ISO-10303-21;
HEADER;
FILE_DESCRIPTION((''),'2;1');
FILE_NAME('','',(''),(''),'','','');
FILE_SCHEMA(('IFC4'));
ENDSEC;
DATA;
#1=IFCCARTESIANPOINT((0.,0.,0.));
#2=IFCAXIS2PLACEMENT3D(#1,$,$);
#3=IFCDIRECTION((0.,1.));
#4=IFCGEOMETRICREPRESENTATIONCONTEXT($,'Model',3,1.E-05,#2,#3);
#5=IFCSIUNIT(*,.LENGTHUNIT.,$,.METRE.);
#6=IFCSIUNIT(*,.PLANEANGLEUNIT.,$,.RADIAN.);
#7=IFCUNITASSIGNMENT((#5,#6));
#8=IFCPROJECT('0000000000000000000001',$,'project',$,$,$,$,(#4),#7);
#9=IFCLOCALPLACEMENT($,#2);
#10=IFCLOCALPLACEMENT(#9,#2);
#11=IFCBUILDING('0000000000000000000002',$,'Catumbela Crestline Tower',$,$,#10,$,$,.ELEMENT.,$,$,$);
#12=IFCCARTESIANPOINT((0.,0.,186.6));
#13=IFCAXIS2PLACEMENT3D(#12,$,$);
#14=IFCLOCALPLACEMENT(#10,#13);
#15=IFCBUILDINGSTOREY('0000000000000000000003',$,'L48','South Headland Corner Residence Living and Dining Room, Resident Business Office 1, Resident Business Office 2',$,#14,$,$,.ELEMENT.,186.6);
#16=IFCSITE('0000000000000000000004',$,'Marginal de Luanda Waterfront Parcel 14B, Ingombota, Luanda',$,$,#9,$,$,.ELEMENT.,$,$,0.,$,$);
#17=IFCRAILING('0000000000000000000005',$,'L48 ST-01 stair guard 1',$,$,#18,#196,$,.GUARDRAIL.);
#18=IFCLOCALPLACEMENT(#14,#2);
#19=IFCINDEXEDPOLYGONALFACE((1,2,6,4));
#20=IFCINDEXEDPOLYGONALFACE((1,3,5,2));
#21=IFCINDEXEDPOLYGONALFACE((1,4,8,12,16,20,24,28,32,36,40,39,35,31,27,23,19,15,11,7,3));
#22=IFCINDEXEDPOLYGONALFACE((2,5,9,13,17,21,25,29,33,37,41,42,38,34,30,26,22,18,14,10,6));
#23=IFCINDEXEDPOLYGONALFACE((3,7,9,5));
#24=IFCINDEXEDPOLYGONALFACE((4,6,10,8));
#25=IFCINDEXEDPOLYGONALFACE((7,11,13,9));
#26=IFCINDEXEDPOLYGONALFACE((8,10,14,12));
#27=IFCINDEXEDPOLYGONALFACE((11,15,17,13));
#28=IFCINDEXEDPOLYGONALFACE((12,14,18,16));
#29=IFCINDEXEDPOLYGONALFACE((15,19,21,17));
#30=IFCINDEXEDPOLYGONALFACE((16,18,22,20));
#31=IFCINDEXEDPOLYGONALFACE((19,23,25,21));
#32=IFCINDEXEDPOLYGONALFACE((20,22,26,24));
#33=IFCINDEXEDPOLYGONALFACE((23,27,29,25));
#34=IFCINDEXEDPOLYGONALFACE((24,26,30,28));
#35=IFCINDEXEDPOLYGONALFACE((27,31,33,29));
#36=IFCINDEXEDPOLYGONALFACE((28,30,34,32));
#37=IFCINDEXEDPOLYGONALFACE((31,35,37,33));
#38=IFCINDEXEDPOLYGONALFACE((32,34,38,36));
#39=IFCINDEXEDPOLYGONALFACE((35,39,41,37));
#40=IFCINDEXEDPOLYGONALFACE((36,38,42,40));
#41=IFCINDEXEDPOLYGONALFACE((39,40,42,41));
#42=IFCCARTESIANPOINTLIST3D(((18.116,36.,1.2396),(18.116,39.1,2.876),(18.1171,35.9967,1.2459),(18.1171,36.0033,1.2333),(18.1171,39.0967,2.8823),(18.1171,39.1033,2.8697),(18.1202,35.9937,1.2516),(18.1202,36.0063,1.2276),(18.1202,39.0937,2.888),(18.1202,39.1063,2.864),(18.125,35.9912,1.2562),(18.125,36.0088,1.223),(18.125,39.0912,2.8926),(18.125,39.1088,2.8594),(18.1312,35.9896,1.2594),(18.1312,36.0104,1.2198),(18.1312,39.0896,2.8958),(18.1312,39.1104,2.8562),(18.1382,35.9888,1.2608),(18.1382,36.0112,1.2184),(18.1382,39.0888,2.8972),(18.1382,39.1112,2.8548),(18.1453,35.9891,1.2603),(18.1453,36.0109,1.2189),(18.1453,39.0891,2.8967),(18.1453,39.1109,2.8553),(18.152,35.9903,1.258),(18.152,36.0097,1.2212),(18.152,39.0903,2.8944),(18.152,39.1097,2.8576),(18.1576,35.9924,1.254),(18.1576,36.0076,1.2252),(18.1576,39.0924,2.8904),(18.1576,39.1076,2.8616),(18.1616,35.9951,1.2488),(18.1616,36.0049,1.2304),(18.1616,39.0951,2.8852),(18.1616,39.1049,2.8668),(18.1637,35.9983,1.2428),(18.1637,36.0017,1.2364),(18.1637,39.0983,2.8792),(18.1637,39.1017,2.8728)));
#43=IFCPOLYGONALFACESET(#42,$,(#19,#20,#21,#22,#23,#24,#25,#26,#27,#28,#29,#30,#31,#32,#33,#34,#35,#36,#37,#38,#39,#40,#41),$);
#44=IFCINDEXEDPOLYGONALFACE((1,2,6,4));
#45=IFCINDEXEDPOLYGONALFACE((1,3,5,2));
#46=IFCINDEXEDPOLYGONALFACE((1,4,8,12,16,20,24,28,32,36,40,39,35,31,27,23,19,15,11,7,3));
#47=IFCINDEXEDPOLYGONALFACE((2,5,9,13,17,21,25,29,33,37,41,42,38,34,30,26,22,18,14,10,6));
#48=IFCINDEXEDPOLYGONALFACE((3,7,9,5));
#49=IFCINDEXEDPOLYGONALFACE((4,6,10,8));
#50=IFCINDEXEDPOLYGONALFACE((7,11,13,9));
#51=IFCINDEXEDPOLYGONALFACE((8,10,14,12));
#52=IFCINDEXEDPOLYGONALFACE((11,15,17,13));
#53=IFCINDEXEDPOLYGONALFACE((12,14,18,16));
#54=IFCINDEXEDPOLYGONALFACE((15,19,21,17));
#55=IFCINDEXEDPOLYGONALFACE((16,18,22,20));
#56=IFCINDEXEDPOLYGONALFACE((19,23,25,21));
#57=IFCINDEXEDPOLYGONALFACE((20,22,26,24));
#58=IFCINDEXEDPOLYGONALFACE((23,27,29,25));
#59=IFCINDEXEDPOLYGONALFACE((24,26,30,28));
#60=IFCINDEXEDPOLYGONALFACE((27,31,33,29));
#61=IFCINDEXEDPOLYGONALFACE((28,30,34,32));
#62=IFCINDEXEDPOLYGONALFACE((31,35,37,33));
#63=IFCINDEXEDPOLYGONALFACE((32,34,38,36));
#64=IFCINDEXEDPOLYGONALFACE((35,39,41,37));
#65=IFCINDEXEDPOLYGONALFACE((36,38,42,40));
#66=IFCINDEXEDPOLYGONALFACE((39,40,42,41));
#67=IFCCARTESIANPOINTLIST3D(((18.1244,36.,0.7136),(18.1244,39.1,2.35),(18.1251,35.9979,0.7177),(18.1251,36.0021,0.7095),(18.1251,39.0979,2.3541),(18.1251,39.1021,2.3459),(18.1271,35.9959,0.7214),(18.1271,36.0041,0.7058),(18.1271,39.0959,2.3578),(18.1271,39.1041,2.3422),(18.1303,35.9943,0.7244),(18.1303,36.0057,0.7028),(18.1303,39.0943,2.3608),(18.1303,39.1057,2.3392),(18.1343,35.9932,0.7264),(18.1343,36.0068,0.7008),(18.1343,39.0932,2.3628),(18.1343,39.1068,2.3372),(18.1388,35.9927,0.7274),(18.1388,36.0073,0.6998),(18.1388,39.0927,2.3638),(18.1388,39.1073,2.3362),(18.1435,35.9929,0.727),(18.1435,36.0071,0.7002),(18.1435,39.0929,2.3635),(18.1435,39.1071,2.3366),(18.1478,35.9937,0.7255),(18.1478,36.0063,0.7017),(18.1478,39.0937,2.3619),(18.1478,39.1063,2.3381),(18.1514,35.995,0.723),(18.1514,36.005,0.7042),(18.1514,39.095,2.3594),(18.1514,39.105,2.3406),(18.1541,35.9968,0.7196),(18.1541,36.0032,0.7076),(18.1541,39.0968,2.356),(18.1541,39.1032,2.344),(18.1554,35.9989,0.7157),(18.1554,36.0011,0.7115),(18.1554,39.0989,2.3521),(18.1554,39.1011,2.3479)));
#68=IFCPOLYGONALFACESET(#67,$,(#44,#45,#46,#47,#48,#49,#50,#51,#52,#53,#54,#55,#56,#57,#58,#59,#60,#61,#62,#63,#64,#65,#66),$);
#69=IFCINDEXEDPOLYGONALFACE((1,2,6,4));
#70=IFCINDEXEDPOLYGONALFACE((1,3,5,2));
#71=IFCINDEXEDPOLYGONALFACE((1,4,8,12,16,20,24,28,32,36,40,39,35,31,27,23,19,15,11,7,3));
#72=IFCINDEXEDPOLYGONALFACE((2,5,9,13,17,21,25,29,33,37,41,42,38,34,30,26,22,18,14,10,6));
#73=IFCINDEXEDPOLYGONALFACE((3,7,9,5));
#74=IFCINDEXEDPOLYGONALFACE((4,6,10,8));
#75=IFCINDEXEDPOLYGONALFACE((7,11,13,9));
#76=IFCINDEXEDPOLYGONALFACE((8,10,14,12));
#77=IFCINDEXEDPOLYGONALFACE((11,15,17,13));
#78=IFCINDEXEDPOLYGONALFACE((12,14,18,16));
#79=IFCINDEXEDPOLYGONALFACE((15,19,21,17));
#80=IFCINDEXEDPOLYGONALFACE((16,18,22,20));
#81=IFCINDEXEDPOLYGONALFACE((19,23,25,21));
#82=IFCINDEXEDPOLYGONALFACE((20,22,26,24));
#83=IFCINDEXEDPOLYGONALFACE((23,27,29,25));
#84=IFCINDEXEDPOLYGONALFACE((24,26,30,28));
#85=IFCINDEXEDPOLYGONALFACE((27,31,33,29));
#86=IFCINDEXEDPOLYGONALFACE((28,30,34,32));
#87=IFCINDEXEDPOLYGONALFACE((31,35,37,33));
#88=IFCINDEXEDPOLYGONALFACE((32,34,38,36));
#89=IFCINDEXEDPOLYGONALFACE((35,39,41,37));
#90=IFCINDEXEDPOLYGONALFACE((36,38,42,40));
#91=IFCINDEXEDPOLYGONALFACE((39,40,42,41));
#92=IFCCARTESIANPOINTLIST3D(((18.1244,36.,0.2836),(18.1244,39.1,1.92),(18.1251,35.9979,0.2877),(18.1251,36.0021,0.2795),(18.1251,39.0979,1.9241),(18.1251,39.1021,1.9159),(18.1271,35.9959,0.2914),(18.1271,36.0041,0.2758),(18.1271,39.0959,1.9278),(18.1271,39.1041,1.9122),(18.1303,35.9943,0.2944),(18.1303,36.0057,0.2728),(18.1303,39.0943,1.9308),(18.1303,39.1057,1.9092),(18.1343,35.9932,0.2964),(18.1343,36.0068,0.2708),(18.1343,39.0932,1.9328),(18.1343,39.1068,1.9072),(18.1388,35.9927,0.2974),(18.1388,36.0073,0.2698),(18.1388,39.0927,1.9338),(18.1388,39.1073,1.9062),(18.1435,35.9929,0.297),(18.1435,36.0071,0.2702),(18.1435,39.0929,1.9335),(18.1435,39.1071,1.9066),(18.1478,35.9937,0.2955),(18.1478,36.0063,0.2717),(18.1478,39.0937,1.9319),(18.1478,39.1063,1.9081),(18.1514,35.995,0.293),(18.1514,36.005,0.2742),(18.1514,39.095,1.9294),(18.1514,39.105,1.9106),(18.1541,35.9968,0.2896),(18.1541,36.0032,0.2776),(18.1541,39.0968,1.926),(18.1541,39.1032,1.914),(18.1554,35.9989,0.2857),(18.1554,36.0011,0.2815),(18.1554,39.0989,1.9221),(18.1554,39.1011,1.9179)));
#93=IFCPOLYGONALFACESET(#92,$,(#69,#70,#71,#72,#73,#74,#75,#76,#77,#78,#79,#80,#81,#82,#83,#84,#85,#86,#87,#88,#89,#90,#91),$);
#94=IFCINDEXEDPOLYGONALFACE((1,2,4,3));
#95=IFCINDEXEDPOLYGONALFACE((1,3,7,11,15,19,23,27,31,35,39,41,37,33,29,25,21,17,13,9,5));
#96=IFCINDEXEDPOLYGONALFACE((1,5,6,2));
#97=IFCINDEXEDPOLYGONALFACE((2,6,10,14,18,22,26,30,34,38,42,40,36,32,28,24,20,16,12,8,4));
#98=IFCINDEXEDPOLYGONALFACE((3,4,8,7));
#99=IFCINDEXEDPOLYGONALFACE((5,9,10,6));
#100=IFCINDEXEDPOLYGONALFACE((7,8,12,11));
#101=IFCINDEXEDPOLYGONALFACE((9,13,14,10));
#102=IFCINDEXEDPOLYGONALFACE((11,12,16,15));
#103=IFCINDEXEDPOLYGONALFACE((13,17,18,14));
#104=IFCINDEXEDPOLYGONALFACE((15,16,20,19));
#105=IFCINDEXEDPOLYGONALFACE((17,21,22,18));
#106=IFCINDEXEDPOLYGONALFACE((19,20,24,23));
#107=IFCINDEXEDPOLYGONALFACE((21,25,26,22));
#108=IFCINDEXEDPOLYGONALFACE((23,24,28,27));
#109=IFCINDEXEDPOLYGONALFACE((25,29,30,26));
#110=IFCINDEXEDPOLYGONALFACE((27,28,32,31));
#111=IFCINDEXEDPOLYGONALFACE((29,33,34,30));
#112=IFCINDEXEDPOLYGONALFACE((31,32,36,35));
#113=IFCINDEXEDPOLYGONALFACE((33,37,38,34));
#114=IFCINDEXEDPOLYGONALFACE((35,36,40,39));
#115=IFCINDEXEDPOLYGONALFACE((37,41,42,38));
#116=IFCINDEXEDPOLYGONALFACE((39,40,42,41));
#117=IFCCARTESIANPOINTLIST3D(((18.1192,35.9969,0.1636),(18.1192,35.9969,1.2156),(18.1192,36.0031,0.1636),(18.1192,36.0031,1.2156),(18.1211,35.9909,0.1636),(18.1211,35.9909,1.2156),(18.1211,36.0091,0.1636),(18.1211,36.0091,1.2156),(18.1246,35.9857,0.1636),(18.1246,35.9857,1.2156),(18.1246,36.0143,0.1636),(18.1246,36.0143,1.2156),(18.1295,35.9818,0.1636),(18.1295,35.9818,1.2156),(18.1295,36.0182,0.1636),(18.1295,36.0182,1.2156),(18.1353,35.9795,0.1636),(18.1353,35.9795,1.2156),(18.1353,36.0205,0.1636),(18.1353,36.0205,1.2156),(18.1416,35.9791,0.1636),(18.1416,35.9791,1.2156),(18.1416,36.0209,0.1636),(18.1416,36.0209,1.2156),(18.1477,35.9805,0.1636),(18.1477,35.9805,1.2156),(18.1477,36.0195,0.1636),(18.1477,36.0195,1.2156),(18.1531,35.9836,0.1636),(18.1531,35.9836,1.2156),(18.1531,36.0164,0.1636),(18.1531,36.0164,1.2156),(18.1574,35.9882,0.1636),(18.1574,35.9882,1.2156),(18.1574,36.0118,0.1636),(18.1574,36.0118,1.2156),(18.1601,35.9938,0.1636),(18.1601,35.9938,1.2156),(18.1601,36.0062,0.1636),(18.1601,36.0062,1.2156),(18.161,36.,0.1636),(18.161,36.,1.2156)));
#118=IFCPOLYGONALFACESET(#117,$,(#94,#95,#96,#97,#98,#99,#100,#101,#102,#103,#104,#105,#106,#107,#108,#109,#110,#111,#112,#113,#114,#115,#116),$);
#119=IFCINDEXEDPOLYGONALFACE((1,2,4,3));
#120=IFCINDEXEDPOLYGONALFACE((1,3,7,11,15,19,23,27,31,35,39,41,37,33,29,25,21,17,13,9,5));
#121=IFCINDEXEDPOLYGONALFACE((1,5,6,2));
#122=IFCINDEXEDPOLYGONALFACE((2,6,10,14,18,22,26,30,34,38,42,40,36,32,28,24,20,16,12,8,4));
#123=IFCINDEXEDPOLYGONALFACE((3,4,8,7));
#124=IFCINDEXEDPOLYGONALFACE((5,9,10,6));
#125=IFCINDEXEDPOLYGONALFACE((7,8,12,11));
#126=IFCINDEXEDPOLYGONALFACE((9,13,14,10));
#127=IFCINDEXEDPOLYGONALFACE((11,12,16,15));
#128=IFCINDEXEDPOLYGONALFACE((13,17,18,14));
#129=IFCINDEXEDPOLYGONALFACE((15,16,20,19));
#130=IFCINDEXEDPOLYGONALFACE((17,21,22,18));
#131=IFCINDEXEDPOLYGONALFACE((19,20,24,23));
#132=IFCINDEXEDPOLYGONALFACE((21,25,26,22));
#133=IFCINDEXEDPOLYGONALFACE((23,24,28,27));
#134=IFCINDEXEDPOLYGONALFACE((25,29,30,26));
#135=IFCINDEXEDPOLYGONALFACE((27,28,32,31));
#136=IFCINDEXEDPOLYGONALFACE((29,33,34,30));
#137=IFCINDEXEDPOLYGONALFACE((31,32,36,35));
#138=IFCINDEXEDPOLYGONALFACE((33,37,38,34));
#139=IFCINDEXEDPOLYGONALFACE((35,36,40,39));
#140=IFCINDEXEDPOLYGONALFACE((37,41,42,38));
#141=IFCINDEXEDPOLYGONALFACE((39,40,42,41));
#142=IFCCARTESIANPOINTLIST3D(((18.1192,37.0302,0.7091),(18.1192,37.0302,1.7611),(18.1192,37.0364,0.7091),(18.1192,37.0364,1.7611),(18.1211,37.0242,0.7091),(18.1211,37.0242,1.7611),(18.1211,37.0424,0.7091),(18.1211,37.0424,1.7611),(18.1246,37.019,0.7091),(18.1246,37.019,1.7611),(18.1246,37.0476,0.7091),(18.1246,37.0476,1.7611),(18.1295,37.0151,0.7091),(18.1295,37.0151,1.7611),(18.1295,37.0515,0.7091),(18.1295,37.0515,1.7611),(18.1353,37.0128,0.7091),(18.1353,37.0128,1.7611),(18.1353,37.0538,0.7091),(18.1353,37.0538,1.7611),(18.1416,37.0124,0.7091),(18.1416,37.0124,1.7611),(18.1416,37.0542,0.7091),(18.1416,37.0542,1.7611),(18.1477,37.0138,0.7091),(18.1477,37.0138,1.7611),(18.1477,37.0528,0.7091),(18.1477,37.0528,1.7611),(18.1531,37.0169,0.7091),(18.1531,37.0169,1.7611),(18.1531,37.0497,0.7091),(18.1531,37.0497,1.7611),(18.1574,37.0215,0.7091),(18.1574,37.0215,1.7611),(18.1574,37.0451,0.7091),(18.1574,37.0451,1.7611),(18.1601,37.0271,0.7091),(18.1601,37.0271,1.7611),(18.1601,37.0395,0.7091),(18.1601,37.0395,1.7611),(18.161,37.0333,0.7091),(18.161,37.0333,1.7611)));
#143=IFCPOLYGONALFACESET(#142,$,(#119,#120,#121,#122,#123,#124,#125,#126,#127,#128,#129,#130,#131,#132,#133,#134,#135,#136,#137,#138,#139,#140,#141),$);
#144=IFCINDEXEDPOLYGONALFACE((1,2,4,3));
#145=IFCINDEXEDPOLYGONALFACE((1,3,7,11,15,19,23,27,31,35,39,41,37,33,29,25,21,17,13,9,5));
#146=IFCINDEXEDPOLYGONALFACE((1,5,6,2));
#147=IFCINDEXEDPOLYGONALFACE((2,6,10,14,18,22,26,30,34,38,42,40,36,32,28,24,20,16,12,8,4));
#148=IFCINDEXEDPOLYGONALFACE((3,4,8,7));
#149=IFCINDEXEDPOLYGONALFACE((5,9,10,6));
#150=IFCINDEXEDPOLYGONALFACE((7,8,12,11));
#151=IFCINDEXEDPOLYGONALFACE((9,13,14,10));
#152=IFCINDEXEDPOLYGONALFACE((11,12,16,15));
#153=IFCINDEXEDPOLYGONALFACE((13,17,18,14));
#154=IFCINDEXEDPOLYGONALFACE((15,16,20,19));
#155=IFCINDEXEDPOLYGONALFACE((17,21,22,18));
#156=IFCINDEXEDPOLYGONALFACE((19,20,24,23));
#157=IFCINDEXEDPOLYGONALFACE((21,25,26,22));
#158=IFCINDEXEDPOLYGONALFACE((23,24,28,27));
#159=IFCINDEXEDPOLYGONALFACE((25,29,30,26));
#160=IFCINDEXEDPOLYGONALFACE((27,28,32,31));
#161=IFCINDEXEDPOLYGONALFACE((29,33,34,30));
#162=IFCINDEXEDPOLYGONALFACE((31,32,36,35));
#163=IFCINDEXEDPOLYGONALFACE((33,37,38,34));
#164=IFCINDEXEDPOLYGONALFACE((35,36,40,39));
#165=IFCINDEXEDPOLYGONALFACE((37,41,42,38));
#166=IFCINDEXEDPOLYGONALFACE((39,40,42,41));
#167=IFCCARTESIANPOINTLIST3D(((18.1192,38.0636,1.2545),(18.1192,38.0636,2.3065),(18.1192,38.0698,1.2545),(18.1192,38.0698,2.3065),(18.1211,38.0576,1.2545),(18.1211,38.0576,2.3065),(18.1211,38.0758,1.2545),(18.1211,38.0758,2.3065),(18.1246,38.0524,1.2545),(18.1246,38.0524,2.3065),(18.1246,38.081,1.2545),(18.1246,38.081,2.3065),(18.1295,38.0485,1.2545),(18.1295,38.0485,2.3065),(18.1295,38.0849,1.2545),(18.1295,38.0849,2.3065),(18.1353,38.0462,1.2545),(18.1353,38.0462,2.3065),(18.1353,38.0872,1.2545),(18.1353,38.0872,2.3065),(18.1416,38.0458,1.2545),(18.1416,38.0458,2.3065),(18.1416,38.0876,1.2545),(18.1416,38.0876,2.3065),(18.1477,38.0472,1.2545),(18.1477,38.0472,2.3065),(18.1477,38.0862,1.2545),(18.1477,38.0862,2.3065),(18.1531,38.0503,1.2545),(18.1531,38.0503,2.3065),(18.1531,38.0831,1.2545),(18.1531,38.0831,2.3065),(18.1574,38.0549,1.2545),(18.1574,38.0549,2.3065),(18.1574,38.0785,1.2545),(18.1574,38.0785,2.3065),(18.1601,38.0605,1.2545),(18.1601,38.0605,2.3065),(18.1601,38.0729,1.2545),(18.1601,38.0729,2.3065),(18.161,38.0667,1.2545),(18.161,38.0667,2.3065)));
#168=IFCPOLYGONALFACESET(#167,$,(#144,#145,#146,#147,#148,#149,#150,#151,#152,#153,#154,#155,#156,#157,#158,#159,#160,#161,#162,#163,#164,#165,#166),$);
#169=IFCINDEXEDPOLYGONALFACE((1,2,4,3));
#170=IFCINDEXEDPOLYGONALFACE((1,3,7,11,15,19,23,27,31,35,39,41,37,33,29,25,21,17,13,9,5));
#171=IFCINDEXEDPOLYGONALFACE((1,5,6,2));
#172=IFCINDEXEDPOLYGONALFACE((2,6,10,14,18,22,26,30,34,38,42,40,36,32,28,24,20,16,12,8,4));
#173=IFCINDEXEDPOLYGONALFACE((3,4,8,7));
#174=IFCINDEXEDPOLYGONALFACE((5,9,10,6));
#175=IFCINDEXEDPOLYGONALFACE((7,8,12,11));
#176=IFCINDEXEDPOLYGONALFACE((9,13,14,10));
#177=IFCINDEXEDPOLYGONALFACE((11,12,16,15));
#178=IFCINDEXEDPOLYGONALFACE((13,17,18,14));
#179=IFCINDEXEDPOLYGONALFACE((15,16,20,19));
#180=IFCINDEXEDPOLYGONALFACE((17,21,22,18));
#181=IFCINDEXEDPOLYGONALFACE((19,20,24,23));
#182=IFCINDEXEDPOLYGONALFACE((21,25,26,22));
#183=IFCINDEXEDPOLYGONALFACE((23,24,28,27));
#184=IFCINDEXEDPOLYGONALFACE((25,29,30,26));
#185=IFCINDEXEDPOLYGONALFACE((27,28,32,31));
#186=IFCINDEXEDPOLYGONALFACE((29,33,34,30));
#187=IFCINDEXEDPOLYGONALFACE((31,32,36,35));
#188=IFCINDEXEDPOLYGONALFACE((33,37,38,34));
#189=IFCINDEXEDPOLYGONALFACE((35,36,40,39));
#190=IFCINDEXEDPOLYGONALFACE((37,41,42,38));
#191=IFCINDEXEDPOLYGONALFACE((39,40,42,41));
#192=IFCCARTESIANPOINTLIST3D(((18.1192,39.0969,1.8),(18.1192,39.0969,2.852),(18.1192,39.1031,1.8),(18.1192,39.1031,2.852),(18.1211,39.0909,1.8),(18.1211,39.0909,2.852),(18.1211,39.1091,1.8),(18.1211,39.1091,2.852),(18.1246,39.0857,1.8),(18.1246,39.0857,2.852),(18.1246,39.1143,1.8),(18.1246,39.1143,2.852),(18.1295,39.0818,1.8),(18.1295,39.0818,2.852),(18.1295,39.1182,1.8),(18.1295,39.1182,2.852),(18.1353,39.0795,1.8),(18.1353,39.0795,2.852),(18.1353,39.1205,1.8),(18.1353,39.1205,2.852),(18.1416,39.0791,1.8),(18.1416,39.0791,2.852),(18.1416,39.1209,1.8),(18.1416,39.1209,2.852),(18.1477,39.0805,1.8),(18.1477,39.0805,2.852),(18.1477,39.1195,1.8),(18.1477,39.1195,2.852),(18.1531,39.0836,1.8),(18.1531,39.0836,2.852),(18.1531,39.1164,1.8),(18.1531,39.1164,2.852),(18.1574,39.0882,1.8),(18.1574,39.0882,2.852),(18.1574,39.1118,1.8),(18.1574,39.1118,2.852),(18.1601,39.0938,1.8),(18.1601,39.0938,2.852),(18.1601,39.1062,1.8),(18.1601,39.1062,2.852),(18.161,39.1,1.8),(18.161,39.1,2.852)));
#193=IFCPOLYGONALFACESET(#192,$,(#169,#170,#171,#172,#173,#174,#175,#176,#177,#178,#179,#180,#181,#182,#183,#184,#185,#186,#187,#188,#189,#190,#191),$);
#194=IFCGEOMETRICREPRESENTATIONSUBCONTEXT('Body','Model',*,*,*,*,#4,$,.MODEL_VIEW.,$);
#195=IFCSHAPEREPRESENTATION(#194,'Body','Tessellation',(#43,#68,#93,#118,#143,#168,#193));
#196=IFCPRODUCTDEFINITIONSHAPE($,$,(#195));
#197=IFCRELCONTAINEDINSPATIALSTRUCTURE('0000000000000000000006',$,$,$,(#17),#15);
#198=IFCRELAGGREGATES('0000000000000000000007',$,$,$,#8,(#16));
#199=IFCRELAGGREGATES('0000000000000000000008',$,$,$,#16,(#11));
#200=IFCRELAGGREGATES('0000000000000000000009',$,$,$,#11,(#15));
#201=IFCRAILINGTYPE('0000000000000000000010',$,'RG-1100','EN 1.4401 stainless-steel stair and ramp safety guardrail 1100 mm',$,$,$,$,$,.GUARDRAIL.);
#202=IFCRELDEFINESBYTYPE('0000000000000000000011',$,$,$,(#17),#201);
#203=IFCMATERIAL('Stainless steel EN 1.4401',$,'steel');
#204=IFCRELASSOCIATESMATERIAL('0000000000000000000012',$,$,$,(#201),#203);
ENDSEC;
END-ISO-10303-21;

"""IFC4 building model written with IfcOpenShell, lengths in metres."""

from ifc_helpers import new_model, si_unit, direction, frame, origin, origin_2d, place, context, subcontext, project, spatial, circle, extrude, material, type_object, element, save


model = new_model("IFC4")

# Units and contexts
model_context = context("Model", 3, precision=1e-05, world=origin(), true_north=direction((0.0, 1.0)))
body_context = subcontext(model_context, "Body", "Model", "MODEL_VIEW")
ifc_project = project(units=[si_unit("LENGTHUNIT", "METRE"), si_unit("PLANEANGLEUNIT", "RADIAN")], contexts=[model_context])

# Site, building, storey
site_placement = place(None, origin())
site = spatial("IfcSite", under=ifc_project, at=site_placement, Name="Marginal de Luanda Waterfront Parcel 14B, Ingombota, Luanda", CompositionType="ELEMENT", RefElevation=0.0)
building_placement = place(site_placement, origin())
building = spatial("IfcBuilding", under=site, at=building_placement, Name="Catumbela Crestline Tower", CompositionType="ELEMENT")
storey_placement = place(building_placement, frame((0.0, 0.0, 186.6)))
storey = spatial("IfcBuildingStorey", under=building, at=storey_placement, Name="L48", Description="South Headland Corner Residence Living and Dining Room, Resident Business Office 1, Resident Business Office 2", CompositionType="ELEMENT", Elevation=186.6)

# Shared definitions
ifc_material_1 = material(Name="Stainless steel EN 1.4401", Category="steel")

# Railing
railing_type_1 = type_object("IfcRailingType", Name="RG-1100", Description="EN 1.4401 stainless-steel stair and ramp safety guardrail 1100 mm", PredefinedType="GUARDRAIL", material=ifc_material_1)
railing_1_placement = place(storey_placement, frame((18.14, 36.0, 0.1636)))
element("IfcRailing", 1, at=railing_1_placement, inside=storey, type_object=railing_type_1, Name="L48 ST-01 stair guard 1", PredefinedType="GUARDRAIL", context=body_context, shape_type="SweptSolid", body=[
    extrude(circle(Radius=0.024, at=origin_2d()), frame((0.0, 0.0, 1.076), z_axis=(0.0, 0.884351, 0.466823), x_axis=(-1.0, 0.0, 0.0)), (0.0, 0.0, 1.0), 3.5054),
    extrude(circle(Radius=0.0156, at=origin_2d()), frame((0.0, 0.0, 0.55), z_axis=(0.0, 0.884351, 0.466823), x_axis=(-1.0, 0.0, 0.0)), (0.0, 0.0, 1.0), 3.5054),
    extrude(circle(Radius=0.0156, at=origin_2d()), frame((0.0, 0.0, 0.12), z_axis=(0.0, 0.884351, 0.466823), x_axis=(-1.0, 0.0, 0.0)), (0.0, 0.0, 1.0), 3.5054),
    extrude(circle(Radius=0.021, at=origin_2d()), origin(), (0.0, 0.0, 1.0), 1.052),
    extrude(circle(Radius=0.021, at=origin_2d()), frame((0.0, 1.0333, 0.5455)), (0.0, 0.0, 1.0), 1.052),
    extrude(circle(Radius=0.021, at=origin_2d()), frame((0.0, 2.0667, 1.0909)), (0.0, 0.0, 1.0), 1.052),
    extrude(circle(Radius=0.021, at=origin_2d()), frame((0.0, 3.1, 1.6364)), (0.0, 0.0, 1.0), 1.052),
])

save(model, "model.ifc")
